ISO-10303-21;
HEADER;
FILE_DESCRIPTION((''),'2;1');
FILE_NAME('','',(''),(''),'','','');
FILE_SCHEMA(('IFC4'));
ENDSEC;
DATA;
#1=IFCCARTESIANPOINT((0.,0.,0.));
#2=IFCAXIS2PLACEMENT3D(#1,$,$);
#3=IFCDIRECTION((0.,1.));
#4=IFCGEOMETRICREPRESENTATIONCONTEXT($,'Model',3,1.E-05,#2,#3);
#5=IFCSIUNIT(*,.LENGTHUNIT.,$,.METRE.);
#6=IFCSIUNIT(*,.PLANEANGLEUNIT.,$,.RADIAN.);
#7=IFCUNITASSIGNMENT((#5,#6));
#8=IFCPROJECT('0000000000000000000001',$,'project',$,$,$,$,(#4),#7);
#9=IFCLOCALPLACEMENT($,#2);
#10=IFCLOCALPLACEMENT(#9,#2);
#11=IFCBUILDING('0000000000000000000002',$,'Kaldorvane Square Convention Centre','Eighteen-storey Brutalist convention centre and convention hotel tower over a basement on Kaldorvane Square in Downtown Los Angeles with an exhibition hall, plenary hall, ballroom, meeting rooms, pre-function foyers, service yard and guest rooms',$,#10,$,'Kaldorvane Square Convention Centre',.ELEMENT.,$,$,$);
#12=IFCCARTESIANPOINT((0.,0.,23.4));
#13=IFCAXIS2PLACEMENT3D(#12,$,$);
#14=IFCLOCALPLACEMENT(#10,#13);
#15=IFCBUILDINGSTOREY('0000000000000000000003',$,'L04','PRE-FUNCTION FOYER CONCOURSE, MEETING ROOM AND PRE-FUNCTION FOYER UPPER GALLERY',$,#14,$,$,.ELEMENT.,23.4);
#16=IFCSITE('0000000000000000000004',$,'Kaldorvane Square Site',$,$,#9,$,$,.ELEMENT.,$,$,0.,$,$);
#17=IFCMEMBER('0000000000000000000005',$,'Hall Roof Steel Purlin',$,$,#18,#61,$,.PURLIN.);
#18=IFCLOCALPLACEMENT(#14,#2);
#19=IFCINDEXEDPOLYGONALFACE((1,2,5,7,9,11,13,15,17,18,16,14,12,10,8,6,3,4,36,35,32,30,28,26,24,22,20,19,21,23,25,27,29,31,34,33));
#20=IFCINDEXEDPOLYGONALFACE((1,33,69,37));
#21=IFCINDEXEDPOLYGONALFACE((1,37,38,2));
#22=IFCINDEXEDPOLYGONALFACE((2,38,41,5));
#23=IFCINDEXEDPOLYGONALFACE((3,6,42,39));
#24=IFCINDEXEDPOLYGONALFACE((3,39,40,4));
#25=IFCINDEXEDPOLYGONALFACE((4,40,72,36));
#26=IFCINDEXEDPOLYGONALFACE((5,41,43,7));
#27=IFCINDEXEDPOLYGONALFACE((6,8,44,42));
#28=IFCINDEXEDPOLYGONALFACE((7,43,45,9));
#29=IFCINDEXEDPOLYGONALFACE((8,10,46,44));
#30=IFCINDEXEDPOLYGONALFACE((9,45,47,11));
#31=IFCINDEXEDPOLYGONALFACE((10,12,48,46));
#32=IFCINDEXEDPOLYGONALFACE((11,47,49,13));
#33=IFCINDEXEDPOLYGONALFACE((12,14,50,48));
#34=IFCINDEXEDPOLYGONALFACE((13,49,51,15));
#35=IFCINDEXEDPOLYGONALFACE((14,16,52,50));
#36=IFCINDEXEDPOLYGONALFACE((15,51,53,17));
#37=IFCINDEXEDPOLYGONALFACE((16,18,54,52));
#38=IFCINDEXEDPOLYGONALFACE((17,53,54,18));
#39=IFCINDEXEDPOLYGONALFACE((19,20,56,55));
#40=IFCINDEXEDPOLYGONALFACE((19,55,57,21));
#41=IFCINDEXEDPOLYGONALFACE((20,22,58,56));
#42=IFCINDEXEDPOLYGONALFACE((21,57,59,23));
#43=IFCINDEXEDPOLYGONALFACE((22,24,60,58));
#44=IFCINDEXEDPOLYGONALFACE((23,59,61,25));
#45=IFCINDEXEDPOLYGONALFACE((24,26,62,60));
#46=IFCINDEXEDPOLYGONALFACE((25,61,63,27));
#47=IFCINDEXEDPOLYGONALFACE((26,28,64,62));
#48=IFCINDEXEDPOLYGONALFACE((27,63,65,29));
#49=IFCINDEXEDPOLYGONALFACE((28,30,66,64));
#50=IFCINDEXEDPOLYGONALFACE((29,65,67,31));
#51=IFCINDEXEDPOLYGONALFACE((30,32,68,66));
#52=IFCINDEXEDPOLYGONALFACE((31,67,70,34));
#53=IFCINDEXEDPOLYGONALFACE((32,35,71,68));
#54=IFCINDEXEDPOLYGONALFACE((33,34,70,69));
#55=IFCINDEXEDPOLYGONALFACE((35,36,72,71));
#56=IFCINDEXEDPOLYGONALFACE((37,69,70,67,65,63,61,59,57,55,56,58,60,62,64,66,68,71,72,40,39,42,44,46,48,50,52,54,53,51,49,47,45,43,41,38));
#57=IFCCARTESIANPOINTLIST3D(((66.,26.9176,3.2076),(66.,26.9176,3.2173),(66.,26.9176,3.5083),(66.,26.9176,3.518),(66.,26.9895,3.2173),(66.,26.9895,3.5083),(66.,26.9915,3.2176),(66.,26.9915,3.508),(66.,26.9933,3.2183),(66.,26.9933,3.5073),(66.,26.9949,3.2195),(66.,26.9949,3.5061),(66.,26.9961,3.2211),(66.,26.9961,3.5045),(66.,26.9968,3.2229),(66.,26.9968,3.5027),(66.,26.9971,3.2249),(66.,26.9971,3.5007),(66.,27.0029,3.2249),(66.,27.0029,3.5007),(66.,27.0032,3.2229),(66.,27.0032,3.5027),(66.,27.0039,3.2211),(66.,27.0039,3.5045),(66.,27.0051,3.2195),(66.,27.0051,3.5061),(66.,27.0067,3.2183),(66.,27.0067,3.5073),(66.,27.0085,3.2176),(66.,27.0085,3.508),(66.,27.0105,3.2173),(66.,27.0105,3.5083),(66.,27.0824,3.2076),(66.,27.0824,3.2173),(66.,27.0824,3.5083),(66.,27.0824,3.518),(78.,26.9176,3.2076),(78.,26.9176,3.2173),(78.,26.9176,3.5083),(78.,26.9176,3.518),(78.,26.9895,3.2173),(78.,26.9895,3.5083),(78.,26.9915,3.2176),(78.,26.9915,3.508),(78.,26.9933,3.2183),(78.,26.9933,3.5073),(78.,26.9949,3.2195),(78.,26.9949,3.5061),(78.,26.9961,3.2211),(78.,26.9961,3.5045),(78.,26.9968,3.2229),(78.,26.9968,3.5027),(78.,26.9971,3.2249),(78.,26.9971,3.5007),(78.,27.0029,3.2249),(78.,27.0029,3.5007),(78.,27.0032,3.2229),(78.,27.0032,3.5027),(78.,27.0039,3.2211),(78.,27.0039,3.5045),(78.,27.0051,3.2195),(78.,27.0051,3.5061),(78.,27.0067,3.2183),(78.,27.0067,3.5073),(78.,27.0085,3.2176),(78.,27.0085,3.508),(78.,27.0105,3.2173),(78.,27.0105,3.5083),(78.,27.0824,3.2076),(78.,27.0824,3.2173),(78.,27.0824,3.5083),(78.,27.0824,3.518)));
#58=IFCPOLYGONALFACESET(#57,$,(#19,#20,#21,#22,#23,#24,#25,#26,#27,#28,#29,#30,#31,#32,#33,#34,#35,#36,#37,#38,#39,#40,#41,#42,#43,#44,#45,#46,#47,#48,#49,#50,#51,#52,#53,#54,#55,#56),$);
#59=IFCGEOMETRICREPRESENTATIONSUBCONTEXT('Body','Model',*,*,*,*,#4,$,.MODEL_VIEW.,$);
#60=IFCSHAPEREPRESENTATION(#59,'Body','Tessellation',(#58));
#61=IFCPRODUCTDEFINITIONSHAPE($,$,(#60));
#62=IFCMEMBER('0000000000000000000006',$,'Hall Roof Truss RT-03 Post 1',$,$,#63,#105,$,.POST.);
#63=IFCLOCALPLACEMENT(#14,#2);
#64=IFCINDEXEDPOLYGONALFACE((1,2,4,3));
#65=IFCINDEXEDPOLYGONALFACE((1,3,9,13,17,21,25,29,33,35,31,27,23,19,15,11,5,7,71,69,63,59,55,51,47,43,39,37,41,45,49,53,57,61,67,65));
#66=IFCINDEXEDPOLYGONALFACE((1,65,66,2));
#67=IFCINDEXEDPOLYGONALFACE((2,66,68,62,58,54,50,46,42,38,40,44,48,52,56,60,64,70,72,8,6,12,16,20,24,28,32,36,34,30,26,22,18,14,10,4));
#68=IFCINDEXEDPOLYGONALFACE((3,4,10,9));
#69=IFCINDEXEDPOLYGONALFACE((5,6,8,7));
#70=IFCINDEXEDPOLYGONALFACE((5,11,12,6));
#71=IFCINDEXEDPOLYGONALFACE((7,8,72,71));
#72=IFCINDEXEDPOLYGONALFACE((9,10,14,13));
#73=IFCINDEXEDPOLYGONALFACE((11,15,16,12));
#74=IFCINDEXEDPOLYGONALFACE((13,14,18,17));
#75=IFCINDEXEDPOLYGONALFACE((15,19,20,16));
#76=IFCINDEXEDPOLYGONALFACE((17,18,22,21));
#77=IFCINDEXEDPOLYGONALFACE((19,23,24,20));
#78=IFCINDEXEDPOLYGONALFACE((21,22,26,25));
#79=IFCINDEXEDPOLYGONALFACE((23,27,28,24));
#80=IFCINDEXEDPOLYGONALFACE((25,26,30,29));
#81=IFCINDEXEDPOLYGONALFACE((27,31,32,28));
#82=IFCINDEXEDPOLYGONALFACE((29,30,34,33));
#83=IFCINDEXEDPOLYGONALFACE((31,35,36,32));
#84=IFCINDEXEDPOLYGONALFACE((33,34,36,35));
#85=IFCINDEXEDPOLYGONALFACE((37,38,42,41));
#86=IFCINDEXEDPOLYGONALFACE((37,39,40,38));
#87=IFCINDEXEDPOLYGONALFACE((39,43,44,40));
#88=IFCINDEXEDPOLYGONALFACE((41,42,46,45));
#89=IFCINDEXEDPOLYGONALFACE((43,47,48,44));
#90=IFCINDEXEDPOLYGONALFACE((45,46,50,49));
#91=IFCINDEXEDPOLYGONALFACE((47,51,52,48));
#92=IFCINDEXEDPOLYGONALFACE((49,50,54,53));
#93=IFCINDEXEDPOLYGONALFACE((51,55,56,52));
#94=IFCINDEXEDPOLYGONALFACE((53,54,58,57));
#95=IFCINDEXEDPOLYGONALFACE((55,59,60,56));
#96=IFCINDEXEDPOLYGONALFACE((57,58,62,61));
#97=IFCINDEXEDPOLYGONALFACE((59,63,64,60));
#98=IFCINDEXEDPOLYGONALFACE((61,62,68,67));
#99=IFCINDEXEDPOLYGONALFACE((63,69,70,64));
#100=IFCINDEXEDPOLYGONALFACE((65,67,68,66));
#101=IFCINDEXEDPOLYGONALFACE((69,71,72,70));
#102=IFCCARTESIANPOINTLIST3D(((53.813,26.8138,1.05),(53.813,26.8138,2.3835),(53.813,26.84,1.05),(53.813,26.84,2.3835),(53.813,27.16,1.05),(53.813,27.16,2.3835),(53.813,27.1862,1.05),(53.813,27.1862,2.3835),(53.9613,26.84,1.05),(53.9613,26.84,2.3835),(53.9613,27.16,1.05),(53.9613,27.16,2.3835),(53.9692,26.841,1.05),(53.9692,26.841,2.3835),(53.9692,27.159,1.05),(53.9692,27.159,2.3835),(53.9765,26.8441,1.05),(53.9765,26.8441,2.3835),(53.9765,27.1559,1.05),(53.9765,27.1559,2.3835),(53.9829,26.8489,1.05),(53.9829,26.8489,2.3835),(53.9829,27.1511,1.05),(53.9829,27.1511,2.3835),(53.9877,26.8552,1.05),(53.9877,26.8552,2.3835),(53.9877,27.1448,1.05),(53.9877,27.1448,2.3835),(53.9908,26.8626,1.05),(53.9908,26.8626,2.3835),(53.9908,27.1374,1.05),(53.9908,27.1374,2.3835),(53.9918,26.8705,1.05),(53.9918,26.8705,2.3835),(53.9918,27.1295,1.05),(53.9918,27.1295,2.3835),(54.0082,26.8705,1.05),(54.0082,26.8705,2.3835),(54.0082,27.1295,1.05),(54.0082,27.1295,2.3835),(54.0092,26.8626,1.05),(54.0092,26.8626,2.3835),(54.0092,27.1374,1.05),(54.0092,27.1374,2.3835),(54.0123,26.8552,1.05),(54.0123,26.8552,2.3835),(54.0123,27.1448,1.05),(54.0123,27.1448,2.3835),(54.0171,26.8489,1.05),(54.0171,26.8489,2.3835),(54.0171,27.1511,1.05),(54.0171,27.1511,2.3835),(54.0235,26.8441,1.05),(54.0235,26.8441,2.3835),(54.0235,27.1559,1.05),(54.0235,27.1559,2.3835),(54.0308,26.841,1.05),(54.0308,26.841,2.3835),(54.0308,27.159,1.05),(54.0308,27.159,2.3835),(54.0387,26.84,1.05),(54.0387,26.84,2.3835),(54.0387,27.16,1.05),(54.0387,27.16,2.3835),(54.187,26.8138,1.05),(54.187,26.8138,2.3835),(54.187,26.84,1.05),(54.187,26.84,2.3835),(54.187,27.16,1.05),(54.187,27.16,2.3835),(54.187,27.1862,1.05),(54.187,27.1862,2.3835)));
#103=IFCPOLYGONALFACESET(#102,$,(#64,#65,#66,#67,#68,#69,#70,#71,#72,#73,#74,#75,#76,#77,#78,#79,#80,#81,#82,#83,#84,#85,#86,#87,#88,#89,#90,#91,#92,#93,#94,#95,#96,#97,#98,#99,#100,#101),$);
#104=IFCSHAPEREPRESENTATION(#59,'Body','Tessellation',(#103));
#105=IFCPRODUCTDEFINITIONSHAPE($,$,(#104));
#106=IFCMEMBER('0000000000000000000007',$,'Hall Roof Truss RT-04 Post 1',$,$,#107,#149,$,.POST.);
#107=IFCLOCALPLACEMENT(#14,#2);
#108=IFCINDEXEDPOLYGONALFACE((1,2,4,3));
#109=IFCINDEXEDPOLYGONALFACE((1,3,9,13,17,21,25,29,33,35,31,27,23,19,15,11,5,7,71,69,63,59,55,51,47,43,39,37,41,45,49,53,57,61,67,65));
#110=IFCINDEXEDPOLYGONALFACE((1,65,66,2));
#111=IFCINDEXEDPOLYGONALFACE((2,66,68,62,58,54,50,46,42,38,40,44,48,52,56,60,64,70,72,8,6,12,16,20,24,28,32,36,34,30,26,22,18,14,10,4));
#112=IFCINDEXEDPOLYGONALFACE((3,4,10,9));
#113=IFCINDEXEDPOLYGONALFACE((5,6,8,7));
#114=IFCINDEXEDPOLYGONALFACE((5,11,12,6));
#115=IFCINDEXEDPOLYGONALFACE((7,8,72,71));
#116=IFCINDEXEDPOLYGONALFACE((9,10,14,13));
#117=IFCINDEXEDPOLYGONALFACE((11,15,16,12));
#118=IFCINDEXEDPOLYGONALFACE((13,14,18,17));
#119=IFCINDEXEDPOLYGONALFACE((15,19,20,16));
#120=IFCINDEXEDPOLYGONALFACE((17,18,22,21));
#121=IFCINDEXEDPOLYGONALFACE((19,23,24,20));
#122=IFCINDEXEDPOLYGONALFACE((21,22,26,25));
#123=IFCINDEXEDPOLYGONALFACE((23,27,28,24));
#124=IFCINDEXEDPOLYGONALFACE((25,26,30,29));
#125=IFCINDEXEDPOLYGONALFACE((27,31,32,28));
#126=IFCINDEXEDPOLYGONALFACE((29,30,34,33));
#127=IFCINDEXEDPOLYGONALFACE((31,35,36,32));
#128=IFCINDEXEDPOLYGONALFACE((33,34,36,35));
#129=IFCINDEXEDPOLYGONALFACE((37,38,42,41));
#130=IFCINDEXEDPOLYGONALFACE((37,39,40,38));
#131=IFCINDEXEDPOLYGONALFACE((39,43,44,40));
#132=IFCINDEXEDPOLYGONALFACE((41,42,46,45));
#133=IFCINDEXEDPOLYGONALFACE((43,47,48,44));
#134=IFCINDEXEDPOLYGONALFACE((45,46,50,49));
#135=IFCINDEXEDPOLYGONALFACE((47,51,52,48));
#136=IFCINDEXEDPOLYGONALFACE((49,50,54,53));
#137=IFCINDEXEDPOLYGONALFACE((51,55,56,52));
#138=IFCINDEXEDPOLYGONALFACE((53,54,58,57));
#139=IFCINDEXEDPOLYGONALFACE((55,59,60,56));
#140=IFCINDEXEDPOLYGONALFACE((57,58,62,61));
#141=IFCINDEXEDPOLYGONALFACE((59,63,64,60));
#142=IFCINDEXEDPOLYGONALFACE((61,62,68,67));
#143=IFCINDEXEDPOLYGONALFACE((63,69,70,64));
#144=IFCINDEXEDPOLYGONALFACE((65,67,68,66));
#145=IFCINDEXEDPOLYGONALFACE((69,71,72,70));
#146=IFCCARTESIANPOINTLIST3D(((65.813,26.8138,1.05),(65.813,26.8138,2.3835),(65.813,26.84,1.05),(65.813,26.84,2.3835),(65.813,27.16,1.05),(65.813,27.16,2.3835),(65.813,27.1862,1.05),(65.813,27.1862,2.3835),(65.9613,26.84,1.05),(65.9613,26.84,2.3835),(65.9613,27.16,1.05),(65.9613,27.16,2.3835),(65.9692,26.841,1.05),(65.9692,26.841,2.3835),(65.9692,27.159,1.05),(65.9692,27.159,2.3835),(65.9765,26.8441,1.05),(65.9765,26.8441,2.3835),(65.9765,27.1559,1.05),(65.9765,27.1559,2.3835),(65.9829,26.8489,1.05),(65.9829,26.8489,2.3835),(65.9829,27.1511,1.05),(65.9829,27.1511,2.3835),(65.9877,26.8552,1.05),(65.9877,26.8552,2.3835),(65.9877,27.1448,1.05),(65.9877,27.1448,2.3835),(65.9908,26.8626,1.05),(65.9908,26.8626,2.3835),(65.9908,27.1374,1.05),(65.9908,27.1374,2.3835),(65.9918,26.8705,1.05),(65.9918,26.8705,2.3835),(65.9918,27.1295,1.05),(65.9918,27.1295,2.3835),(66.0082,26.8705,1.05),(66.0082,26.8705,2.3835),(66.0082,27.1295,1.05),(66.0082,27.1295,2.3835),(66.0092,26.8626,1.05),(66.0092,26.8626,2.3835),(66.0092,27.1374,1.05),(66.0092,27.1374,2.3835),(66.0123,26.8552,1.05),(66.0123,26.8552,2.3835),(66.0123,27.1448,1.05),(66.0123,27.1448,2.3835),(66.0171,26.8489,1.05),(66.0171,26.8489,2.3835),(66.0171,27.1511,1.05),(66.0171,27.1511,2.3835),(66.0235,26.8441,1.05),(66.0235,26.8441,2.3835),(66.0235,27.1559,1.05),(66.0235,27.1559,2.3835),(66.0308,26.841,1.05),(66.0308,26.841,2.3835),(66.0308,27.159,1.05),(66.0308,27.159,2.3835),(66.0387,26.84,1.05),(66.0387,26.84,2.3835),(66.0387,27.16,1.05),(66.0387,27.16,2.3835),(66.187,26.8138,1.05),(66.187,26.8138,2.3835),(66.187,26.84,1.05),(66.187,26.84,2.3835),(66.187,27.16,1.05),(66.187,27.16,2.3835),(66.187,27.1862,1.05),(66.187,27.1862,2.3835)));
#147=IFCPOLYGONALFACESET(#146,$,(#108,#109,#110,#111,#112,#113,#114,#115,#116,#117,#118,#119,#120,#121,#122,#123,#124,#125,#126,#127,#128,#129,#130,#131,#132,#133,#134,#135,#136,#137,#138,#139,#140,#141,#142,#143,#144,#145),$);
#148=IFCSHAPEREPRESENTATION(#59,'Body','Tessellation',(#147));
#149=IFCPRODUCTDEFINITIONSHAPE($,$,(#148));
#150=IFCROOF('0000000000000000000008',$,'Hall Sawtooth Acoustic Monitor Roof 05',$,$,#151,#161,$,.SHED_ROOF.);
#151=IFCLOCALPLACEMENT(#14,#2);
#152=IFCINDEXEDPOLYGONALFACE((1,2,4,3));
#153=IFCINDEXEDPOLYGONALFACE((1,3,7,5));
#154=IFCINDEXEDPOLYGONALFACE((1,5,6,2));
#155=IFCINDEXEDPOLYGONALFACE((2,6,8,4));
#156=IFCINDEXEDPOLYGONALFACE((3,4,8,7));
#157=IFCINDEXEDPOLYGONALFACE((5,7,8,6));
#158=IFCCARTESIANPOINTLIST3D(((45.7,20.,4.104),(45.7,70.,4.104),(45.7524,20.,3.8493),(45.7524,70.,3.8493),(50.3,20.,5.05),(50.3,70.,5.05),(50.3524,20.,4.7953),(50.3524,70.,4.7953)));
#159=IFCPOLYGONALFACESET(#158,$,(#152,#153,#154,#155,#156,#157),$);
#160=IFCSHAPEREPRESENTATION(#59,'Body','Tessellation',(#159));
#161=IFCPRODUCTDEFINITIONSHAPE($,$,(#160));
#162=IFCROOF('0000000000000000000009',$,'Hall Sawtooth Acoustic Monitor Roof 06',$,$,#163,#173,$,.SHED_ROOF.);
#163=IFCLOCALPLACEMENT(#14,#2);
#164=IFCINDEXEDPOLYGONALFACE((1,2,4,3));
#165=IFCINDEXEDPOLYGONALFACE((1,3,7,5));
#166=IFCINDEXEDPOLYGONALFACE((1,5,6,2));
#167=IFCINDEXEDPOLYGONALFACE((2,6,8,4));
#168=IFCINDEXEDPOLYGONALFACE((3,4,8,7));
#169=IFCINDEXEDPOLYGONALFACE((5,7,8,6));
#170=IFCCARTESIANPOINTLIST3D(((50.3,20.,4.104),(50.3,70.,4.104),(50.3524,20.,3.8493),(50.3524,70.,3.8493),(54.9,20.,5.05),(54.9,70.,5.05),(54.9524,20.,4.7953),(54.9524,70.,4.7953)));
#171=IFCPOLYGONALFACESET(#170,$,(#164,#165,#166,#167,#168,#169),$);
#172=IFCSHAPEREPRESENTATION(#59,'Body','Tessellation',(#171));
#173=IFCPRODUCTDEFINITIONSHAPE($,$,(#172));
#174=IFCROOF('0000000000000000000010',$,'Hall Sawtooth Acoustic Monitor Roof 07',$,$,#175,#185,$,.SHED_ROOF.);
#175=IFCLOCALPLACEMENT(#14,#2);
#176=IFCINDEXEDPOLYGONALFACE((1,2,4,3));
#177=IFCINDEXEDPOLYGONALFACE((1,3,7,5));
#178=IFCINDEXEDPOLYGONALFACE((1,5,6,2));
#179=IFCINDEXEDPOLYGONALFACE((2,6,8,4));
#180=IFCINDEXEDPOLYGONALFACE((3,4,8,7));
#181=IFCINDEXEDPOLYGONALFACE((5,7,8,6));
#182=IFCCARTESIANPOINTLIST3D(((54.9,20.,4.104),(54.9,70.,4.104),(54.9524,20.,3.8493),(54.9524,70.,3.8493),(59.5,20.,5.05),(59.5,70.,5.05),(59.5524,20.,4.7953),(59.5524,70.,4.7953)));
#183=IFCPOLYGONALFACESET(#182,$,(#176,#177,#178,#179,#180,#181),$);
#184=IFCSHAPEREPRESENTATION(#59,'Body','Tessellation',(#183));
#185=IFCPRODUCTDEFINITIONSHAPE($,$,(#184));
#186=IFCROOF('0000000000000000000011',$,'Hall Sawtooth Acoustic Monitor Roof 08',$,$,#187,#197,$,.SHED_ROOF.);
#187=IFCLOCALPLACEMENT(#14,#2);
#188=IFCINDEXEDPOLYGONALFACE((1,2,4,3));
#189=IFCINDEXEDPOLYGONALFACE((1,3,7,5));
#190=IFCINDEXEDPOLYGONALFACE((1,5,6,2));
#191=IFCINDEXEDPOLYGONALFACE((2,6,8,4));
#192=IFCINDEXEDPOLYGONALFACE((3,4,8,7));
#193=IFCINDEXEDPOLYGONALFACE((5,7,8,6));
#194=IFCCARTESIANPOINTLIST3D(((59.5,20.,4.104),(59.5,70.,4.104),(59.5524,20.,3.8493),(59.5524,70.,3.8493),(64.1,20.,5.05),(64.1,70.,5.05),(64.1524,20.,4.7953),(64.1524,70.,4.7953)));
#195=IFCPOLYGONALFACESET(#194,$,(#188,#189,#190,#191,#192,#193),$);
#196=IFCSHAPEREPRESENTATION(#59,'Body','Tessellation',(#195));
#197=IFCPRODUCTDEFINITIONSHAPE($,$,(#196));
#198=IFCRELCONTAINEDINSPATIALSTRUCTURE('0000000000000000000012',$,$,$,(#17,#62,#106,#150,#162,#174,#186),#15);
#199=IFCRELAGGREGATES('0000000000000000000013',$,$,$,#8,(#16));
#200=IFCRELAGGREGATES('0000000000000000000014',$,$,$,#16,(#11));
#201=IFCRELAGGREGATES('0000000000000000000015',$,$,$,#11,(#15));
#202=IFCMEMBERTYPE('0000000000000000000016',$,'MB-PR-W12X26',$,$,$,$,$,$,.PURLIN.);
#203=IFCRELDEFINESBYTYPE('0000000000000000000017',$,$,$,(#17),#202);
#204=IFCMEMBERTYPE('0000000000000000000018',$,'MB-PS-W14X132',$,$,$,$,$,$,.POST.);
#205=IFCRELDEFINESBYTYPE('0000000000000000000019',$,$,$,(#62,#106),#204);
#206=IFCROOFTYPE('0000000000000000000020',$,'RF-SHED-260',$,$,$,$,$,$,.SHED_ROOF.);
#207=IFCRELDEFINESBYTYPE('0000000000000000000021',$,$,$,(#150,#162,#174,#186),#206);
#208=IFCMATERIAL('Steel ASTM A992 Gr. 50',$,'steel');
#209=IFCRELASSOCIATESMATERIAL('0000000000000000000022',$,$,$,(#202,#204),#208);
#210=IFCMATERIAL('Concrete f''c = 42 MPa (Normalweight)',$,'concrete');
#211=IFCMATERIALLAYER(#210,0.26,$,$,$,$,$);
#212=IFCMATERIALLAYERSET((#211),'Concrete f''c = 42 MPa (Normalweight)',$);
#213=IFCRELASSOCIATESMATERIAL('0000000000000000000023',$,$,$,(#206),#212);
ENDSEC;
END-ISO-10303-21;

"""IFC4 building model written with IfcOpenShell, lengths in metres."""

from ifc_helpers import new_model, si_unit, direction, frame, origin, origin_2d, place, context, subcontext, project, spatial, polyline, i_section, outline, extrude, material, layer, layer_set, material_profile, profile_set, type_object, element, save


model = new_model("IFC4")

# Units and contexts
model_context = context("Model", 3, precision=1e-05, world=origin(), true_north=direction((0.0, 1.0)))
body_context = subcontext(model_context, "Body", "Model", "MODEL_VIEW")
ifc_project = project(units=[si_unit("LENGTHUNIT", "METRE"), si_unit("PLANEANGLEUNIT", "RADIAN")], contexts=[model_context])

# Site, building, storey
site_placement = place(None, origin())
site = spatial("IfcSite", under=ifc_project, at=site_placement, Name="Kaldorvane Square Site", CompositionType="ELEMENT", RefElevation=0.0)
building_placement = place(site_placement, origin())
building = spatial("IfcBuilding", under=site, at=building_placement, Name="Kaldorvane Square Convention Centre", Description="Eighteen-storey Brutalist convention centre and convention hotel tower over a basement on Kaldorvane Square in Downtown Los Angeles with an exhibition hall, plenary hall, ballroom, meeting rooms, pre-function foyers, service yard and guest rooms", LongName="Kaldorvane Square Convention Centre", CompositionType="ELEMENT")
storey_placement = place(building_placement, frame((0.0, 0.0, 23.4)))
storey = spatial("IfcBuildingStorey", under=building, at=storey_placement, Name="L04", Description="PRE-FUNCTION FOYER CONCOURSE, MEETING ROOM AND PRE-FUNCTION FOYER UPPER GALLERY", CompositionType="ELEMENT", Elevation=23.4)

# Shared definitions
ifc_material_1 = material(Name="Steel ASTM A992 Gr. 50", Category="steel")

# Members
ifc_material_profile_1 = material_profile(ifc_material_1, i_section(OverallWidth=0.1648, OverallDepth=0.3104, WebThickness=0.0058, FlangeThickness=0.0097, FilletRadius=0.0076, at=origin_2d()), Name="W12X26")
ifc_profile_set_1 = profile_set([ifc_material_profile_1], Name="Steel ASTM A992 Gr. 50")
member_type_1 = type_object("IfcMemberType", Name="MB-PR-W12X26", PredefinedType="PURLIN", material=ifc_profile_set_1)
for number, where, z_axis, x_axis, name in (
    (1, (66.0, 27.0, 3.3628), (1.0, 0.0, 0.0), (0.0, 1.0, 0.0), "Hall Roof Steel Purlin"),
):
    element("IfcMember", number, at=place(storey_placement, frame(where, z_axis=z_axis, x_axis=x_axis)), inside=storey, type_object=member_type_1, Name=name, PredefinedType="PURLIN", context=body_context, shape_type="SweptSolid", body=[
        extrude(i_section(OverallWidth=0.1648, OverallDepth=0.3104, WebThickness=0.0058, FlangeThickness=0.0097, FilletRadius=0.0076, at=origin_2d()), origin(), (0.0, 0.0, 1.0), 12.0),
    ])
ifc_material_profile_2 = material_profile(ifc_material_1, i_section(OverallWidth=0.374, OverallDepth=0.3724, WebThickness=0.0164, FlangeThickness=0.0262, FilletRadius=0.0305, at=origin_2d()), Name="W14X132")
ifc_profile_set_2 = profile_set([ifc_material_profile_2], Name="Steel ASTM A992 Gr. 50")
member_type_2 = type_object("IfcMemberType", Name="MB-PS-W14X132", PredefinedType="POST", material=ifc_profile_set_2)
for number, where, z_axis, x_axis, name in (
    (2, (54.0, 27.0, 1.05), (0.0, 0.0, 1.0), (1.0, 0.0, 0.0), "Hall Roof Truss RT-03 Post 1"),
    (3, (66.0, 27.0, 1.05), (0.0, 0.0, 1.0), (1.0, 0.0, 0.0), "Hall Roof Truss RT-04 Post 1"),
):
    element("IfcMember", number, at=place(storey_placement, frame(where, z_axis=z_axis, x_axis=x_axis)), inside=storey, type_object=member_type_2, Name=name, PredefinedType="POST", context=body_context, shape_type="SweptSolid", body=[
        extrude(i_section(OverallWidth=0.374, OverallDepth=0.3724, WebThickness=0.0164, FlangeThickness=0.0262, FilletRadius=0.0305, at=origin_2d()), origin(), (0.0, 0.0, 1.0), 1.3335),
    ])

# Roofs
ifc_material_2 = material(Name="Concrete f'c = 42 MPa (Normalweight)", Category="concrete")
ifc_layer = layer(ifc_material_2, 0.26)
ifc_layer_set = layer_set([ifc_layer], Name="Concrete f'c = 42 MPa (Normalweight)")
roof_type = type_object("IfcRoofType", Name="RF-SHED-260", PredefinedType="SHED_ROOF", material=ifc_layer_set)
roof_1_placement = place(storey_placement, frame((45.7, 20.0, 4.104), z_axis=(-0.201436, 0.0, 0.979502), x_axis=(0.979502, 0.0, 0.201436)))
element("IfcRoof", 4, at=roof_1_placement, inside=storey, type_object=roof_type, Name="Hall Sawtooth Acoustic Monitor Roof 05", PredefinedType="SHED_ROOF", context=body_context, shape_type="SweptSolid", body=[
    extrude(outline(polyline([(0.0, 0.0), (4.6963, 0.0), (4.6963, 50.0), (0.0, 50.0), (0.0, 0.0)])), origin(), (0.0, 0.0, -1.0), 0.26),
])
roof_2_placement = place(storey_placement, frame((50.3, 20.0, 4.104), z_axis=(-0.201437, 0.0, 0.979502), x_axis=(0.979502, 0.0, 0.201437)))
element("IfcRoof", 5, at=roof_2_placement, inside=storey, type_object=roof_type, Name="Hall Sawtooth Acoustic Monitor Roof 06", PredefinedType="SHED_ROOF", context=body_context, shape_type="SweptSolid", body=[
    extrude(outline(polyline([(0.0, 0.0), (4.6963, 0.0), (4.6963, 50.0), (0.0, 50.0), (0.0, 0.0)])), origin(), (0.0, 0.0, -1.0), 0.26),
])
for number, where, z_axis, x_axis, name in (
    (6, (54.9, 20.0, 4.104), (-0.201436, 0.0, 0.979502), (0.979502, 0.0, 0.201436), "Hall Sawtooth Acoustic Monitor Roof 07"),
    (7, (59.5, 20.0, 4.104), (-0.201436, 0.0, 0.979502), (0.979502, 0.0, 0.201436), "Hall Sawtooth Acoustic Monitor Roof 08"),
):
    element("IfcRoof", number, at=place(storey_placement, frame(where, z_axis=z_axis, x_axis=x_axis)), inside=storey, type_object=roof_type, Name=name, PredefinedType="SHED_ROOF", context=body_context, shape_type="SweptSolid", body=[
        extrude(outline(polyline([(0.0, 0.0), (4.6963, 0.0), (4.6963, 50.0), (0.0, 50.0), (0.0, 0.0)])), origin(), (0.0, 0.0, -1.0), 0.26),
    ])

save(model, "model.ifc")
